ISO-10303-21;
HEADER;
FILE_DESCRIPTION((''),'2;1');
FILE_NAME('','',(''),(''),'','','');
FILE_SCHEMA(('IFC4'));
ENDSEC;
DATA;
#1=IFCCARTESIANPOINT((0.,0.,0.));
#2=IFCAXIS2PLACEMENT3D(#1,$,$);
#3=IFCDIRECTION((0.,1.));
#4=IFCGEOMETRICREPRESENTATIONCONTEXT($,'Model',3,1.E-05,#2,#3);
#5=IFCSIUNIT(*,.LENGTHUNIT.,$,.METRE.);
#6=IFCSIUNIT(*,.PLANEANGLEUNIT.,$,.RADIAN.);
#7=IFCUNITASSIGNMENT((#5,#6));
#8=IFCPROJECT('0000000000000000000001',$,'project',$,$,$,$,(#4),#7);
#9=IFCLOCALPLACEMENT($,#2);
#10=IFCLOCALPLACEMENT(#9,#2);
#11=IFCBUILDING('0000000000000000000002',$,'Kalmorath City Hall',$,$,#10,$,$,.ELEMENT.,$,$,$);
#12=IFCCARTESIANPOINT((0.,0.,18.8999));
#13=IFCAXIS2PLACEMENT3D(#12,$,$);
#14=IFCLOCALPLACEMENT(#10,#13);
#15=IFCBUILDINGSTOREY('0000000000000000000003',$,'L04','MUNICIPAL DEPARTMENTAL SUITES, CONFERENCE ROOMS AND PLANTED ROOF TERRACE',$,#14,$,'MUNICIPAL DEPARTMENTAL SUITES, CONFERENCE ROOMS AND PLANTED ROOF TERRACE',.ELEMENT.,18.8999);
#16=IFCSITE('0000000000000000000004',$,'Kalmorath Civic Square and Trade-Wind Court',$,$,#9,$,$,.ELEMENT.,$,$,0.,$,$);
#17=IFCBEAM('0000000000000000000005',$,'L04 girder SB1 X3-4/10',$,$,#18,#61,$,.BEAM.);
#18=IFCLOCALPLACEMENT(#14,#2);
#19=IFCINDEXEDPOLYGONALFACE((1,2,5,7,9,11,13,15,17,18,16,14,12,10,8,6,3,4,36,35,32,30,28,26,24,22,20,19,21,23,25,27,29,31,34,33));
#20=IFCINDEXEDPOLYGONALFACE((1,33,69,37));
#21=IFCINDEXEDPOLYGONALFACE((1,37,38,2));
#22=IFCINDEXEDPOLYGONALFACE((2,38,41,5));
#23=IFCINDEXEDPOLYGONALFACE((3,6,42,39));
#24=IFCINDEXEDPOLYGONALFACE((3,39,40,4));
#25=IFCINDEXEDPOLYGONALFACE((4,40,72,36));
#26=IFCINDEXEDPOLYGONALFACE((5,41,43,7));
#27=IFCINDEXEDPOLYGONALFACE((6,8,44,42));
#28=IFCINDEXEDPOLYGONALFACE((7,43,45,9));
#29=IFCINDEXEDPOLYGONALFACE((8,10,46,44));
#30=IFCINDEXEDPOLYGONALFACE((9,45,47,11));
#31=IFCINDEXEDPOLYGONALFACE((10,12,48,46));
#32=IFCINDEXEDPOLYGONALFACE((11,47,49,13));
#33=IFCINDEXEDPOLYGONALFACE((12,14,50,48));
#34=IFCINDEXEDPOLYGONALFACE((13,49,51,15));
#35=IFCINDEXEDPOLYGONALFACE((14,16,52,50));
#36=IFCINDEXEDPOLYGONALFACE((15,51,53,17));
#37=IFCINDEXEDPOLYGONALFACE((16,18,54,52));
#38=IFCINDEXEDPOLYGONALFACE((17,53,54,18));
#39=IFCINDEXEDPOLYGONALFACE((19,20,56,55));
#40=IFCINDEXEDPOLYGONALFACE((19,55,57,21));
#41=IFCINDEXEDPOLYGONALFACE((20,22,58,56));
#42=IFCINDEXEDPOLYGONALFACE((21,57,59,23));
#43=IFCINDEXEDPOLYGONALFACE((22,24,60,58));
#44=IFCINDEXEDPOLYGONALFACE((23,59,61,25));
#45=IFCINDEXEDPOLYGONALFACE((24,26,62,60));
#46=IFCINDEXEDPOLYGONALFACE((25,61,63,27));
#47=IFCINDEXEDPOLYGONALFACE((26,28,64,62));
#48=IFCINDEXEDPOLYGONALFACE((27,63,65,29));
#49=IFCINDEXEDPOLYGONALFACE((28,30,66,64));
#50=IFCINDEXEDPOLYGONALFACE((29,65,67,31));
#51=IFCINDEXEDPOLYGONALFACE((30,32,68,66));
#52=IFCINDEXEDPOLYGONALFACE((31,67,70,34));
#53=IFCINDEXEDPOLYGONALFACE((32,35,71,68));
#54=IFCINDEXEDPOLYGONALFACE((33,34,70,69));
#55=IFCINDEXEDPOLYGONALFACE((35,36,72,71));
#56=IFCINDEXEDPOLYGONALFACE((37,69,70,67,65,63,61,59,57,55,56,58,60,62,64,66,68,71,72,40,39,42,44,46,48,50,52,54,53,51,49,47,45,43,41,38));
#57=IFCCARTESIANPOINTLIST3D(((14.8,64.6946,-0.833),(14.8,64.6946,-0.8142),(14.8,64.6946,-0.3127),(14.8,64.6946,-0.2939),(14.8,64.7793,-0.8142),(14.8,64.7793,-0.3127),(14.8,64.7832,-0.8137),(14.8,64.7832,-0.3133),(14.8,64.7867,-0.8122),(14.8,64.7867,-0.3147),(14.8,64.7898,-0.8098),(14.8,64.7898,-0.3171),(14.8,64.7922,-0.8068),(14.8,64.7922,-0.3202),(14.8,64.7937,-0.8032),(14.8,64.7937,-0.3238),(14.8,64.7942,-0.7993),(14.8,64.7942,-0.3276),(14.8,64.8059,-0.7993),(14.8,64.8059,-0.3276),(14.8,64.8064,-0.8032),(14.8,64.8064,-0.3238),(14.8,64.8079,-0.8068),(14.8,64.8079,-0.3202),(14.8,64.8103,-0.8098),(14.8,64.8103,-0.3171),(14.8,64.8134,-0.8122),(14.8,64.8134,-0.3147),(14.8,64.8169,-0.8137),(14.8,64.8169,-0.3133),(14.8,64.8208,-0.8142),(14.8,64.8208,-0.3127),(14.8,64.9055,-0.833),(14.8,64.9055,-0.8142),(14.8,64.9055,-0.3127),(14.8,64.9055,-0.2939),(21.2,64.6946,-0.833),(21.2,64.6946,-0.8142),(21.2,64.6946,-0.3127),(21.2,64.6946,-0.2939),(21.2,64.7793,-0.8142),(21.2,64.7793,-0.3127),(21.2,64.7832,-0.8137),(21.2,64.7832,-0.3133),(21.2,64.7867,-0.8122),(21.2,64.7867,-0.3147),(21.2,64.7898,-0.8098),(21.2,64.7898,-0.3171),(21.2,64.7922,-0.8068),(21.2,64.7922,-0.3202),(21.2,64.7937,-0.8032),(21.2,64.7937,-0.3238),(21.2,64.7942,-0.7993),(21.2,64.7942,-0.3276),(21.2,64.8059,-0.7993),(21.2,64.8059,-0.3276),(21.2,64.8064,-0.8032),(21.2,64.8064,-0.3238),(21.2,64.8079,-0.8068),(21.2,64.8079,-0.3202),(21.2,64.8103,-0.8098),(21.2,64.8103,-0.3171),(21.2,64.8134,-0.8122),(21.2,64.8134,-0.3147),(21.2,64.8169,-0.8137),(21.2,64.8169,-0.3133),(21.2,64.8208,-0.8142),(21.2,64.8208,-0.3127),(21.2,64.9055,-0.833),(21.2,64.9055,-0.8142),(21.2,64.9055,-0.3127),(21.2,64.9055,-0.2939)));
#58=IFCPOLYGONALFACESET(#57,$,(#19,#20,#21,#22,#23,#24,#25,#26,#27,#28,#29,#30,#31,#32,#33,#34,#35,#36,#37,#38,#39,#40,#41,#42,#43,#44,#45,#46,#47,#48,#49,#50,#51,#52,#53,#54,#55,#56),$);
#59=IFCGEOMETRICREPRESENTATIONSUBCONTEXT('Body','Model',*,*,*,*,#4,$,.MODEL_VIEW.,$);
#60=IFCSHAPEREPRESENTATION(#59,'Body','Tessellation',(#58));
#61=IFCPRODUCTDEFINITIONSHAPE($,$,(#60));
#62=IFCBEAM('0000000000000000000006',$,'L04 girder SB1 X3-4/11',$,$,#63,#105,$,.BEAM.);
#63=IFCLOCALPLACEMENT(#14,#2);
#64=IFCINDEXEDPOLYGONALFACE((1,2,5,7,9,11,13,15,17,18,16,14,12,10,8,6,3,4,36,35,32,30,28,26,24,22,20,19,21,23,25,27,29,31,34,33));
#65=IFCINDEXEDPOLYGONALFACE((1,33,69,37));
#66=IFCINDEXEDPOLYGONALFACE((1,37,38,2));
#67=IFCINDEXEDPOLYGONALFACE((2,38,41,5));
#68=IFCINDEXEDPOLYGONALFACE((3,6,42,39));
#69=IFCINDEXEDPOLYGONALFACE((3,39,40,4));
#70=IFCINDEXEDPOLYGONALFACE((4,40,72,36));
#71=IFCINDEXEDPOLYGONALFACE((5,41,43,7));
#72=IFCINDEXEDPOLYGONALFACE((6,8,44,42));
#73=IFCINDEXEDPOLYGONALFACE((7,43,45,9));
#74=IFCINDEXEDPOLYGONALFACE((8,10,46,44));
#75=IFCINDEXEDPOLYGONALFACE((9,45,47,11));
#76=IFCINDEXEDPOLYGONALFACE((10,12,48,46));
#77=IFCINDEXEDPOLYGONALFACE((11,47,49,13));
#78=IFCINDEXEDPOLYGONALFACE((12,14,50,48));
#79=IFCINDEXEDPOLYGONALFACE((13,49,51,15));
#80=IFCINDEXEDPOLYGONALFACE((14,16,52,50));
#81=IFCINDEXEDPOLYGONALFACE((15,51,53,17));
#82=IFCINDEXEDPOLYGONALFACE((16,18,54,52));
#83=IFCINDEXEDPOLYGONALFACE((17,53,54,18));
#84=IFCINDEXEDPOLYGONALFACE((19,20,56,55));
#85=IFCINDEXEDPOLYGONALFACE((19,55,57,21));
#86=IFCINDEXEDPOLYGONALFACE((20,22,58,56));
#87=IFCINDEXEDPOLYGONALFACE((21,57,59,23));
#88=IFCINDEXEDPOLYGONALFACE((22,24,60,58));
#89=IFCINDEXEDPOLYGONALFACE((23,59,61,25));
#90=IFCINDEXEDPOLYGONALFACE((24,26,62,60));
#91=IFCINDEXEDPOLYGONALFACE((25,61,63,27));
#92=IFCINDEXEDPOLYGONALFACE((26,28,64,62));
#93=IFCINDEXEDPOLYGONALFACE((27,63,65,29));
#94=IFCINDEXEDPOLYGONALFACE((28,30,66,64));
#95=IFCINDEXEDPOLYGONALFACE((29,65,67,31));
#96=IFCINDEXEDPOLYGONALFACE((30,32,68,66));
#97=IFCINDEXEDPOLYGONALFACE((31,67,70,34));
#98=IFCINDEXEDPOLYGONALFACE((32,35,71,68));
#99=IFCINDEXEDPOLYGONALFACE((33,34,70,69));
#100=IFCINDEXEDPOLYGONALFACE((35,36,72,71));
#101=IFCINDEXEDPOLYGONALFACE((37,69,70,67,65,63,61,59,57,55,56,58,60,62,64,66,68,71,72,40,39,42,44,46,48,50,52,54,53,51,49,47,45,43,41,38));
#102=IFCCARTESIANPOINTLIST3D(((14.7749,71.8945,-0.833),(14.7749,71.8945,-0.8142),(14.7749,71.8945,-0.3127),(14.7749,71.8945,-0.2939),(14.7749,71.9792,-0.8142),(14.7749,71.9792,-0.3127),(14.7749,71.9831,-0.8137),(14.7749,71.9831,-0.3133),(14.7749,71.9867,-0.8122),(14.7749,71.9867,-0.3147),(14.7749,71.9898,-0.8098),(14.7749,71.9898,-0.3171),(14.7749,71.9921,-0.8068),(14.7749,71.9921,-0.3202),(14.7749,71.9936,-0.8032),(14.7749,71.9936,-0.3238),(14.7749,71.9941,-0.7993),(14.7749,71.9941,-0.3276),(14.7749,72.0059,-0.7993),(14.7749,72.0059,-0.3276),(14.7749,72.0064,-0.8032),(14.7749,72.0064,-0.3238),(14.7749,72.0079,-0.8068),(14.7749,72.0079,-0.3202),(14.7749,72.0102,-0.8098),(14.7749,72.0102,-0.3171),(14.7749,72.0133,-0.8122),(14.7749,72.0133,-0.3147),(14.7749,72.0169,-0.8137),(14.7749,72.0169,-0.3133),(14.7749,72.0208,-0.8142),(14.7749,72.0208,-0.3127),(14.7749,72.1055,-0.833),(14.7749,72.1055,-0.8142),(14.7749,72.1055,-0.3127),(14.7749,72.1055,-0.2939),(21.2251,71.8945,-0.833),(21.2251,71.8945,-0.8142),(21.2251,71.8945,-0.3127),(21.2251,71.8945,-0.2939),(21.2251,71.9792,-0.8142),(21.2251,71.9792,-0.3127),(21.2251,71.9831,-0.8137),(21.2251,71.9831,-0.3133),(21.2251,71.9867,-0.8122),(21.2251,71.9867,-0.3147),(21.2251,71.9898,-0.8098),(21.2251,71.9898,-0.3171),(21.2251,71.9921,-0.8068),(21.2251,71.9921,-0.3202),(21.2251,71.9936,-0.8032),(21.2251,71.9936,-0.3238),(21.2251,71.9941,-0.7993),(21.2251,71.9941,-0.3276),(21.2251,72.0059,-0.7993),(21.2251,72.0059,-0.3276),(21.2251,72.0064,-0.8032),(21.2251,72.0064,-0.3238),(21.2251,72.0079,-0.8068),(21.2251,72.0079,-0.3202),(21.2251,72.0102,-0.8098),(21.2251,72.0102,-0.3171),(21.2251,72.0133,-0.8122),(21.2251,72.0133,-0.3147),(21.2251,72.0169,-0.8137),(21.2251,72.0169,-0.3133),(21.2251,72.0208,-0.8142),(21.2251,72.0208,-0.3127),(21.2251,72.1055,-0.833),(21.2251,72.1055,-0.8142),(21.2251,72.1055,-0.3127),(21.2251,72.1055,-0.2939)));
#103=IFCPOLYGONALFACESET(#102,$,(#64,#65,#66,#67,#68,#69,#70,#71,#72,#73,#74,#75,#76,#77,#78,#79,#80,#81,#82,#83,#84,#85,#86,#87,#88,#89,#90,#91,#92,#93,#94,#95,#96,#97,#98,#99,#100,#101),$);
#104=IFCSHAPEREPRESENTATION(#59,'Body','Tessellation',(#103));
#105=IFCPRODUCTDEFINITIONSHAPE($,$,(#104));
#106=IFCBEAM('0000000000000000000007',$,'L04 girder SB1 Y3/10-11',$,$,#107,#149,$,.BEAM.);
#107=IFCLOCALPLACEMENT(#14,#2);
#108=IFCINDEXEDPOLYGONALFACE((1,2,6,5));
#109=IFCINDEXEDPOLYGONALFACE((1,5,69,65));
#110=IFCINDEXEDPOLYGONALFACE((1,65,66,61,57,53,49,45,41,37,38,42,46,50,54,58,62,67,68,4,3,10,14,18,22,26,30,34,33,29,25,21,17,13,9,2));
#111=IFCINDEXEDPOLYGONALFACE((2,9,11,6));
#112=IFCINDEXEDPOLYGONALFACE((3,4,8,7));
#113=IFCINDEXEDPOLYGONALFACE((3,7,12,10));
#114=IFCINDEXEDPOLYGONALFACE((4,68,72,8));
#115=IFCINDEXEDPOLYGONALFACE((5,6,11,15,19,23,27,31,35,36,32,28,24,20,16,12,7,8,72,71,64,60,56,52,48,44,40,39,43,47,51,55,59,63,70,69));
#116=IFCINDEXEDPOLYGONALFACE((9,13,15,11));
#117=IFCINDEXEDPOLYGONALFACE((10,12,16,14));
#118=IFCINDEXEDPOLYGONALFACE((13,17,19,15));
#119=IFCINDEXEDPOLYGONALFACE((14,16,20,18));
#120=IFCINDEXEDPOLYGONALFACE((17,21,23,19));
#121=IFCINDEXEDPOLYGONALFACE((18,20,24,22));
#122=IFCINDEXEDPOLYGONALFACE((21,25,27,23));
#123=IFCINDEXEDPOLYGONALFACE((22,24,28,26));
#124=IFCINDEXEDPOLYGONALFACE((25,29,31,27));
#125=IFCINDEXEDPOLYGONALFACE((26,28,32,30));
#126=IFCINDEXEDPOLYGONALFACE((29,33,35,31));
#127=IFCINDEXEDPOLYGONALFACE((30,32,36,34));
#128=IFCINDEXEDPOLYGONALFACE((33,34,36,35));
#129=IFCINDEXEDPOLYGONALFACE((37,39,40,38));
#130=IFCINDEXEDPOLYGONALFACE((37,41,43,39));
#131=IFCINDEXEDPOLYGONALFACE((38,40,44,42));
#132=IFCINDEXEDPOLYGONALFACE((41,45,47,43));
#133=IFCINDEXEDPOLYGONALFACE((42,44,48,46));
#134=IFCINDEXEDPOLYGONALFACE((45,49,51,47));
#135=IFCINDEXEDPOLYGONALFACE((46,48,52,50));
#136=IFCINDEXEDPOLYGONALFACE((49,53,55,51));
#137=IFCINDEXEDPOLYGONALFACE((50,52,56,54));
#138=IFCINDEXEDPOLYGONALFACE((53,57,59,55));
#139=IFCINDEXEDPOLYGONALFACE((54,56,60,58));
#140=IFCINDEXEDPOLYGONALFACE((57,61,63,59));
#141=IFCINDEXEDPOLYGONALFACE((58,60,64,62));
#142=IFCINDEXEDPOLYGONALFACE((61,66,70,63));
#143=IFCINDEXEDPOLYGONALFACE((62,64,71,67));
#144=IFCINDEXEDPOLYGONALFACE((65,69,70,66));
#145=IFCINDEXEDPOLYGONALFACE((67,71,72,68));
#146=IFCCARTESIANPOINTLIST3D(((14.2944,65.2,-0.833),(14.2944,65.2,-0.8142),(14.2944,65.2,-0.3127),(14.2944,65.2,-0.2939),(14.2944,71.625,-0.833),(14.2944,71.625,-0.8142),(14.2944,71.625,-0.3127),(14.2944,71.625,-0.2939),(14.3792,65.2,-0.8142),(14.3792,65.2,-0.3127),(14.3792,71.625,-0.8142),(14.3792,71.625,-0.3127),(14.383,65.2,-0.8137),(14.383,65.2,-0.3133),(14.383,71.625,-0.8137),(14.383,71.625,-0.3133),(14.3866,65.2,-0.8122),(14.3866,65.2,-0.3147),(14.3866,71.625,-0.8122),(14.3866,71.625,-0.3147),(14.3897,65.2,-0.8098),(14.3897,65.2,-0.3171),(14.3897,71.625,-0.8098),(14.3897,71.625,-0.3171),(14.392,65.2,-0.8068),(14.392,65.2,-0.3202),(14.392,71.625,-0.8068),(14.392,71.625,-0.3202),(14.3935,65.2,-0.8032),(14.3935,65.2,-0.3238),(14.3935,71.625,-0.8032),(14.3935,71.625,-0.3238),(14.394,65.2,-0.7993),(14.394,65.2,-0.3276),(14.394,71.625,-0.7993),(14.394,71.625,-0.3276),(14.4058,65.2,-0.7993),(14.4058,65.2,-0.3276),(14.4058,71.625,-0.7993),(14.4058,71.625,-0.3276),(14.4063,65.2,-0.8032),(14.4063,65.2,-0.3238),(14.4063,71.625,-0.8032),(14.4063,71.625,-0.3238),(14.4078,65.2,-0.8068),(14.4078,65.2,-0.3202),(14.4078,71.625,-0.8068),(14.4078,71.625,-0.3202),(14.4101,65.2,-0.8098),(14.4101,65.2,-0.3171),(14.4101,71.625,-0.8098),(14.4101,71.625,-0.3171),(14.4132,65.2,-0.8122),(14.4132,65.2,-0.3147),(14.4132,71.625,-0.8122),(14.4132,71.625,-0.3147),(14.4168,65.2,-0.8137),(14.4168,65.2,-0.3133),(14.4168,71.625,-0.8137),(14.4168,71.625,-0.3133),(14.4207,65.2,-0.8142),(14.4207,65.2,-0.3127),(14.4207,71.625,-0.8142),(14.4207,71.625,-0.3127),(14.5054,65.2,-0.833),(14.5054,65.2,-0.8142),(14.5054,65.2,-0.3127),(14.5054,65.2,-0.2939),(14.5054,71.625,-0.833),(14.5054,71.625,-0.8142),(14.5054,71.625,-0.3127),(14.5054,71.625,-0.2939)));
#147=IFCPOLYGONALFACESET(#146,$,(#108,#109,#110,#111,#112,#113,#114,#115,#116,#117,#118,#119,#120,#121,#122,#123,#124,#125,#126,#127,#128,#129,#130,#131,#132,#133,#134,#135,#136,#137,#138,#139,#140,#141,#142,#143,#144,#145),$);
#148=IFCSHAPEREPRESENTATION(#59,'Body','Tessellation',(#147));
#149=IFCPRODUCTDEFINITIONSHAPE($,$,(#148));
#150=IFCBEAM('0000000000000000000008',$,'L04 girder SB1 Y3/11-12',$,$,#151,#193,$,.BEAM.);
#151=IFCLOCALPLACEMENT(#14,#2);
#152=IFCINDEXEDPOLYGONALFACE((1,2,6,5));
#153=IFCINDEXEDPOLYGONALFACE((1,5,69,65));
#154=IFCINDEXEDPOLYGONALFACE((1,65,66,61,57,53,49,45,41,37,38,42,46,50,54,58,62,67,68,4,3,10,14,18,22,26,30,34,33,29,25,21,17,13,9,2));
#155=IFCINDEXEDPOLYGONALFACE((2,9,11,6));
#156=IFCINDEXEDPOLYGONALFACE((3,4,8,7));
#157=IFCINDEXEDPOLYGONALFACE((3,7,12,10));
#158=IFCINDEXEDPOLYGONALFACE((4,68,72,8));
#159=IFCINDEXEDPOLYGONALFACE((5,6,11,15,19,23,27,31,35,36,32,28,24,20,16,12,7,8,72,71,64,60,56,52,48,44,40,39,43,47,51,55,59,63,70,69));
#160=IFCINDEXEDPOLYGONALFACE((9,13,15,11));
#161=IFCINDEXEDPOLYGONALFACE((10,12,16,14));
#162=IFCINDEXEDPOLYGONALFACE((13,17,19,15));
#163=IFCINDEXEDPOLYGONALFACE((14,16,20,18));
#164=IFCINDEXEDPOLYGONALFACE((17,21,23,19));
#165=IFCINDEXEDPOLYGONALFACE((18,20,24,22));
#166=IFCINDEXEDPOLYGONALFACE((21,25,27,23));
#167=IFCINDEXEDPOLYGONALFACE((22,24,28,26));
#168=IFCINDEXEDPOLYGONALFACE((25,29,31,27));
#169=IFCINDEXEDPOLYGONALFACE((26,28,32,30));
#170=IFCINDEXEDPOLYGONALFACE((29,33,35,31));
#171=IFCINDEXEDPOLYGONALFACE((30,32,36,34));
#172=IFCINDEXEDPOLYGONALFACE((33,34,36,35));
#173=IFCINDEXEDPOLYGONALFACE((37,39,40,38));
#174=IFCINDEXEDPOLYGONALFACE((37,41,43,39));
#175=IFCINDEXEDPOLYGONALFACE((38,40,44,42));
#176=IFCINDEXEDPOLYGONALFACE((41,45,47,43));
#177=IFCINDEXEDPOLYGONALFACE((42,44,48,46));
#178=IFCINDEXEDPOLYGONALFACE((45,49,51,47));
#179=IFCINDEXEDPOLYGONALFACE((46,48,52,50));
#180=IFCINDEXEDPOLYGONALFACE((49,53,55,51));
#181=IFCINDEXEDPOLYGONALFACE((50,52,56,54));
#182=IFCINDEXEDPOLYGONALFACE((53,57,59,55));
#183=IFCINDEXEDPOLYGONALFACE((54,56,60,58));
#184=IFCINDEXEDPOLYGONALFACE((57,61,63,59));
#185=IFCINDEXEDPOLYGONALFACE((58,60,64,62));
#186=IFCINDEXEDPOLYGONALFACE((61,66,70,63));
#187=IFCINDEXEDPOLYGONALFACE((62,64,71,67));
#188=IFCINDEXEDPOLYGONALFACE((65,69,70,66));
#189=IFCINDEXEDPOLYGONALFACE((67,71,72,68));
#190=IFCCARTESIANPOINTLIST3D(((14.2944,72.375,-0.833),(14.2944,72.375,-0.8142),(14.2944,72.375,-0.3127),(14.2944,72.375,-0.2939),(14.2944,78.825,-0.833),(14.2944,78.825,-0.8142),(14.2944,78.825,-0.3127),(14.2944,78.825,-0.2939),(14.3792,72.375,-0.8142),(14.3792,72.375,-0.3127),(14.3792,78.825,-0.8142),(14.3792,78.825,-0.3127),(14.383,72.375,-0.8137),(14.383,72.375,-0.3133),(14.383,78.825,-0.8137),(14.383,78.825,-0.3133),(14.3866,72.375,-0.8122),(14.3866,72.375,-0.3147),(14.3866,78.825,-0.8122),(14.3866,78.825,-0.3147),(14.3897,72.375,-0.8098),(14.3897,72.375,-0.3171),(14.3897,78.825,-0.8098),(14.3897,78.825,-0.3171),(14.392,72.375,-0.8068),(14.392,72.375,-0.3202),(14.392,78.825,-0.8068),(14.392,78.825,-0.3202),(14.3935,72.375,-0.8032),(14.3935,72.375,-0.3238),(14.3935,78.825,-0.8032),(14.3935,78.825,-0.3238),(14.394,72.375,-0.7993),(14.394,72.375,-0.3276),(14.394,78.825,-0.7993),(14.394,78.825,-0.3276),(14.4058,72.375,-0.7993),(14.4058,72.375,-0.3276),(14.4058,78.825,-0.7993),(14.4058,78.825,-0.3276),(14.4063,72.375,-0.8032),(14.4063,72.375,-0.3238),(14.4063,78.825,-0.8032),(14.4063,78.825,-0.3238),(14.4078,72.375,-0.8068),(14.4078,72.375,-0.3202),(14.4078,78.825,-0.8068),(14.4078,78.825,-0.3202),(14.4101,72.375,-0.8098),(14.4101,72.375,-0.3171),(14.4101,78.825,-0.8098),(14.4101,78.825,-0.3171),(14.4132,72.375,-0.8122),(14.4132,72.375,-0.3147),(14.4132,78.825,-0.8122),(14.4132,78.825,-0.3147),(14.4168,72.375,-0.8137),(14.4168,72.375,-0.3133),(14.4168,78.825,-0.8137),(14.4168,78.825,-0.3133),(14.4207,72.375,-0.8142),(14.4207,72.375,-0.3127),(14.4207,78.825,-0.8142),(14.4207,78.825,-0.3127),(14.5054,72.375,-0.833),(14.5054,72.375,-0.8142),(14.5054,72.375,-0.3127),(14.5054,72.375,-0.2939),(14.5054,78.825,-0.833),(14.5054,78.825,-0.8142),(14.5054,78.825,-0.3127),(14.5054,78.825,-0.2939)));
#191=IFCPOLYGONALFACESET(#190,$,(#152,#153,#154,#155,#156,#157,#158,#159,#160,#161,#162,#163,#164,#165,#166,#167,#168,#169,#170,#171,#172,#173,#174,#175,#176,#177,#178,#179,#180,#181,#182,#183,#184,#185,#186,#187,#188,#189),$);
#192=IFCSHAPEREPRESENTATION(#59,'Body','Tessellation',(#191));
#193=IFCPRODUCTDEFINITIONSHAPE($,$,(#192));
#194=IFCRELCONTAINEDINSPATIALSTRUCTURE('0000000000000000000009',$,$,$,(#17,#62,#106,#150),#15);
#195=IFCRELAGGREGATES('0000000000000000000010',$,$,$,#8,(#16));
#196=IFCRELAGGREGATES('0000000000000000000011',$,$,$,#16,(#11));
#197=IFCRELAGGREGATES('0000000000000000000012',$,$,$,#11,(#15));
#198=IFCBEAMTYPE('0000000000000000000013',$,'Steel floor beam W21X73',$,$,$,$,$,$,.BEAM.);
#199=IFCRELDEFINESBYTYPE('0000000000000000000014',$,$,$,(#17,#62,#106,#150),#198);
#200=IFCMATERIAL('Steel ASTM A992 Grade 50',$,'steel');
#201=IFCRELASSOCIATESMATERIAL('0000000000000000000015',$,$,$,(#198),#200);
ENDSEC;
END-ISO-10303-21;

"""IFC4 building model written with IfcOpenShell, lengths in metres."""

from ifc_helpers import new_model, si_unit, direction, frame, origin, origin_2d, place, context, subcontext, project, spatial, i_section, extrude, material, material_profile, profile_set, type_object, element, save


model = new_model("IFC4")

# Units and contexts
model_context = context("Model", 3, precision=1e-05, world=origin(), true_north=direction((0.0, 1.0)))
body_context = subcontext(model_context, "Body", "Model", "MODEL_VIEW")
ifc_project = project(units=[si_unit("LENGTHUNIT", "METRE"), si_unit("PLANEANGLEUNIT", "RADIAN")], contexts=[model_context])

# Site, building, storey
site_placement = place(None, origin())
site = spatial("IfcSite", under=ifc_project, at=site_placement, Name="Kalmorath Civic Square and Trade-Wind Court", CompositionType="ELEMENT", RefElevation=0.0)
building_placement = place(site_placement, origin())
building = spatial("IfcBuilding", under=site, at=building_placement, Name="Kalmorath City Hall", CompositionType="ELEMENT")
storey_placement = place(building_placement, frame((0.0, 0.0, 18.8999)))
storey = spatial("IfcBuildingStorey", under=building, at=storey_placement, Name="L04", Description="MUNICIPAL DEPARTMENTAL SUITES, CONFERENCE ROOMS AND PLANTED ROOF TERRACE", LongName="MUNICIPAL DEPARTMENTAL SUITES, CONFERENCE ROOMS AND PLANTED ROOF TERRACE", CompositionType="ELEMENT", Elevation=18.8999)

# Beams
ifc_material_1 = material(Name="Steel ASTM A992 Grade 50", Category="steel")
ifc_material_profile_1 = material_profile(ifc_material_1, i_section(OverallWidth=0.2109, OverallDepth=0.5391, WebThickness=0.0117, FlangeThickness=0.0188, FilletRadius=0.0149, at=origin_2d()), Name="W21X73")
ifc_profile_set_1 = profile_set([ifc_material_profile_1], Name="Steel ASTM A992 Grade 50")
beam_type_1 = type_object("IfcBeamType", Name="Steel floor beam W21X73", PredefinedType="BEAM", material=ifc_profile_set_1)
beam_1_placement = place(storey_placement, frame((14.8, 64.8, -0.5635), z_axis=(1.0, 0.0, 0.0), x_axis=(0.0, 1.0, 0.0)))
element("IfcBeam", 1, at=beam_1_placement, inside=storey, type_object=beam_type_1, Name="L04 girder SB1 X3-4/10", PredefinedType="BEAM", context=body_context, shape_type="SweptSolid", body=[
    extrude(i_section(OverallWidth=0.2109, OverallDepth=0.5391, WebThickness=0.0117, FlangeThickness=0.0188, FilletRadius=0.0149, at=origin_2d()), origin(), (0.0, 0.0, 1.0), 6.3999),
])
beam_2_placement = place(storey_placement, frame((14.7749, 72.0, -0.5635), z_axis=(1.0, 0.0, 0.0), x_axis=(0.0, 1.0, 0.0)))
element("IfcBeam", 2, at=beam_2_placement, inside=storey, type_object=beam_type_1, Name="L04 girder SB1 X3-4/11", PredefinedType="BEAM", context=body_context, shape_type="SweptSolid", body=[
    extrude(i_section(OverallWidth=0.2109, OverallDepth=0.5391, WebThickness=0.0117, FlangeThickness=0.0188, FilletRadius=0.0149, at=origin_2d()), origin(), (0.0, 0.0, 1.0), 6.4502),
])
beam_3_placement = place(storey_placement, frame((14.3999, 65.2, -0.5635), z_axis=(0.0, 1.0, 0.0), x_axis=(-1.0, 0.0, 0.0)))
element("IfcBeam", 3, at=beam_3_placement, inside=storey, type_object=beam_type_1, Name="L04 girder SB1 Y3/10-11", PredefinedType="BEAM", context=body_context, shape_type="SweptSolid", body=[
    extrude(i_section(OverallWidth=0.2109, OverallDepth=0.5391, WebThickness=0.0117, FlangeThickness=0.0188, FilletRadius=0.0149, at=origin_2d()), origin(), (0.0, 0.0, 1.0), 6.425),
])
beam_4_placement = place(storey_placement, frame((14.3999, 72.375, -0.5635), z_axis=(0.0, 1.0, 0.0), x_axis=(-1.0, 0.0, 0.0)))
element("IfcBeam", 4, at=beam_4_placement, inside=storey, type_object=beam_type_1, Name="L04 girder SB1 Y3/11-12", PredefinedType="BEAM", context=body_context, shape_type="SweptSolid", body=[
    extrude(i_section(OverallWidth=0.2109, OverallDepth=0.5391, WebThickness=0.0117, FlangeThickness=0.0188, FilletRadius=0.0149, at=origin_2d()), origin(), (0.0, 0.0, 1.0), 6.45),
])

save(model, "model.ifc")
